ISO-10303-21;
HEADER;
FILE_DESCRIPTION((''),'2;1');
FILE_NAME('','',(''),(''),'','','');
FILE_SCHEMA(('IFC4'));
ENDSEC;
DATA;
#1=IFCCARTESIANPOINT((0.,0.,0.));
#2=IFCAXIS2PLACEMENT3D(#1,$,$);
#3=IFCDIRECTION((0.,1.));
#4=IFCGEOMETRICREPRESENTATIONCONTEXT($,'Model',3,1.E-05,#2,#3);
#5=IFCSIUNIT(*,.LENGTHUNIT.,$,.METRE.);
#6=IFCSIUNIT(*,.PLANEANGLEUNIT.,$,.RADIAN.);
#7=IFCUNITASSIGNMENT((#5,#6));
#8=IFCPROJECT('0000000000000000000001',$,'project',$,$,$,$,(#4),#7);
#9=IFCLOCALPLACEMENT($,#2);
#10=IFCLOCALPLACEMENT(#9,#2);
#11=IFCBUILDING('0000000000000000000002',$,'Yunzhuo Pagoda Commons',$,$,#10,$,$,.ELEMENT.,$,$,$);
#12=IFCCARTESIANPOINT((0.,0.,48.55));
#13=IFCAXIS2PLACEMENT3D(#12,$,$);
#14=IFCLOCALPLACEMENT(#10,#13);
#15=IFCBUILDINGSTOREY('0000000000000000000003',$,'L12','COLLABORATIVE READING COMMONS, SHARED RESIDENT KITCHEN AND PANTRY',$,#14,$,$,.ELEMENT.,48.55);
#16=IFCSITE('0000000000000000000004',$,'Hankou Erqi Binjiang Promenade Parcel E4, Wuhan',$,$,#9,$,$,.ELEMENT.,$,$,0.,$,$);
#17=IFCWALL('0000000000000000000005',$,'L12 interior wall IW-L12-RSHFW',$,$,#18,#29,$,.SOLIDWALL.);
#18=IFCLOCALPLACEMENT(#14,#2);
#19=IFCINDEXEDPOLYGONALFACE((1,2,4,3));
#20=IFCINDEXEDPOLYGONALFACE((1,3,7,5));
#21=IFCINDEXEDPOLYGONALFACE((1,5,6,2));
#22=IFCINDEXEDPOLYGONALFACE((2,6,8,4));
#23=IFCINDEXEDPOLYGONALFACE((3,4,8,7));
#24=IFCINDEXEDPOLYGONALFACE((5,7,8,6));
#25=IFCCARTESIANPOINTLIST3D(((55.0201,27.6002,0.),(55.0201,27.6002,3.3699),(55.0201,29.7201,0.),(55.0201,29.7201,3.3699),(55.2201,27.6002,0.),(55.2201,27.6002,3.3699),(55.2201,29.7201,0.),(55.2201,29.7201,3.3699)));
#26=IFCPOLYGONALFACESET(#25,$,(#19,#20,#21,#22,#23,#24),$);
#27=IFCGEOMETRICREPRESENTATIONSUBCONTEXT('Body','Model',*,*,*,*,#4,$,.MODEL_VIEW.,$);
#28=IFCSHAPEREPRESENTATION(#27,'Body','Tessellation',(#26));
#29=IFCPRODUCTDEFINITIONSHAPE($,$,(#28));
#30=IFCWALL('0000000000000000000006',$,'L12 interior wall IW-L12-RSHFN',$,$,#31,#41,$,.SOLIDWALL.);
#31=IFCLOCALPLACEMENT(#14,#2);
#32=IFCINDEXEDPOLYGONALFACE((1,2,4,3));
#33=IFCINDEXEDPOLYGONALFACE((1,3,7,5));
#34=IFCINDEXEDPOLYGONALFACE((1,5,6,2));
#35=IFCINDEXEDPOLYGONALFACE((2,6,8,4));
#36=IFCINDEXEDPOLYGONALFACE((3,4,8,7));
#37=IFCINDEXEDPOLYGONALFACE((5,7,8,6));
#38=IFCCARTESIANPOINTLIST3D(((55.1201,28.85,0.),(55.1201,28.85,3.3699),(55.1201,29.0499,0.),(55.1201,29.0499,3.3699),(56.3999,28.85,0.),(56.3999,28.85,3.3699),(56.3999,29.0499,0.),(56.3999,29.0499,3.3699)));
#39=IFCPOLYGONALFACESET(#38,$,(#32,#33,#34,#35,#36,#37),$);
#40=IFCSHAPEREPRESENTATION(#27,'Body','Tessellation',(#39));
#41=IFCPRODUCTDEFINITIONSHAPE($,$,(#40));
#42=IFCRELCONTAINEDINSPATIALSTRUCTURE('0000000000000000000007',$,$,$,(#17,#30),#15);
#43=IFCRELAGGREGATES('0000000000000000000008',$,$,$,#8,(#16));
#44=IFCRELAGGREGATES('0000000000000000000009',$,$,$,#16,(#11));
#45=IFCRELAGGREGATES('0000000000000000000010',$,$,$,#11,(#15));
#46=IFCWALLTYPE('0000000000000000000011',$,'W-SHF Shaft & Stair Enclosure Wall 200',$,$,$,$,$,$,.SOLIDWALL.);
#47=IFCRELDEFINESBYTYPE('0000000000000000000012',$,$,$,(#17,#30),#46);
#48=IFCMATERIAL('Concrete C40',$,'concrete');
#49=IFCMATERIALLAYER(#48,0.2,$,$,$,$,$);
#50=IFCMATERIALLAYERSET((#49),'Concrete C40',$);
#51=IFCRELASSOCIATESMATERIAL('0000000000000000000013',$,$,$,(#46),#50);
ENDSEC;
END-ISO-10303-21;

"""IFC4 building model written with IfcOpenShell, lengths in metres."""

from ifc_helpers import new_model, si_unit, direction, frame, frame_2d, origin, place, context, subcontext, project, spatial, rectangle, extrude, material, layer, layer_set, type_object, element, save


model = new_model("IFC4")

# Units and contexts
model_context = context("Model", 3, precision=1e-05, world=origin(), true_north=direction((0.0, 1.0)))
body_context = subcontext(model_context, "Body", "Model", "MODEL_VIEW")
ifc_project = project(units=[si_unit("LENGTHUNIT", "METRE"), si_unit("PLANEANGLEUNIT", "RADIAN")], contexts=[model_context])

# Site, building, storey
site_placement = place(None, origin())
site = spatial("IfcSite", under=ifc_project, at=site_placement, Name="Hankou Erqi Binjiang Promenade Parcel E4, Wuhan", CompositionType="ELEMENT", RefElevation=0.0)
building_placement = place(site_placement, origin())
building = spatial("IfcBuilding", under=site, at=building_placement, Name="Yunzhuo Pagoda Commons", CompositionType="ELEMENT")
storey_placement = place(building_placement, frame((0.0, 0.0, 48.55)))
storey = spatial("IfcBuildingStorey", under=building, at=storey_placement, Name="L12", Description="COLLABORATIVE READING COMMONS, SHARED RESIDENT KITCHEN AND PANTRY", CompositionType="ELEMENT", Elevation=48.55)

# Shared definitions
ifc_material_1 = material(Name="Concrete C40", Category="concrete")
ifc_layer_1 = layer(ifc_material_1, 0.2)
ifc_layer_set_1 = layer_set([ifc_layer_1], Name="Concrete C40")
wall_type_1 = type_object("IfcWallType", Name="W-SHF Shaft & Stair Enclosure Wall 200", PredefinedType="SOLIDWALL", material=ifc_layer_set_1)

# Walls
for number, where, z_axis, x_axis, name in (
    (1, (55.1201, 27.6001, 0.0), (0.0, 0.0, 1.0), (0.0, 1.0, 0.0), "L12 interior wall IW-L12-RSHFW"),
):
    element("IfcWall", number, at=place(storey_placement, frame(where, z_axis=z_axis, x_axis=x_axis)), inside=storey, type_object=wall_type_1, Name=name, PredefinedType="SOLIDWALL", context=body_context, shape_type="SweptSolid", body=[
        extrude(rectangle(XDim=2.1199, YDim=0.2, at=frame_2d((1.0601, 0.0))), origin(), (0.0, 0.0, 1.0), 3.3699),
    ])
wall_1_placement = place(storey_placement, frame((55.1201, 28.95, 0.0), z_axis=(0.0, 0.0, 1.0), x_axis=(1.0, 0.0, 0.0)))
element("IfcWall", 2, at=wall_1_placement, inside=storey, type_object=wall_type_1, Name="L12 interior wall IW-L12-RSHFN", PredefinedType="SOLIDWALL", context=body_context, shape_type="SweptSolid", body=[
    extrude(rectangle(XDim=1.2798, YDim=0.2, at=frame_2d((0.6399, 0.0))), origin(), (0.0, 0.0, 1.0), 3.3699),
])

save(model, "model.ifc")
